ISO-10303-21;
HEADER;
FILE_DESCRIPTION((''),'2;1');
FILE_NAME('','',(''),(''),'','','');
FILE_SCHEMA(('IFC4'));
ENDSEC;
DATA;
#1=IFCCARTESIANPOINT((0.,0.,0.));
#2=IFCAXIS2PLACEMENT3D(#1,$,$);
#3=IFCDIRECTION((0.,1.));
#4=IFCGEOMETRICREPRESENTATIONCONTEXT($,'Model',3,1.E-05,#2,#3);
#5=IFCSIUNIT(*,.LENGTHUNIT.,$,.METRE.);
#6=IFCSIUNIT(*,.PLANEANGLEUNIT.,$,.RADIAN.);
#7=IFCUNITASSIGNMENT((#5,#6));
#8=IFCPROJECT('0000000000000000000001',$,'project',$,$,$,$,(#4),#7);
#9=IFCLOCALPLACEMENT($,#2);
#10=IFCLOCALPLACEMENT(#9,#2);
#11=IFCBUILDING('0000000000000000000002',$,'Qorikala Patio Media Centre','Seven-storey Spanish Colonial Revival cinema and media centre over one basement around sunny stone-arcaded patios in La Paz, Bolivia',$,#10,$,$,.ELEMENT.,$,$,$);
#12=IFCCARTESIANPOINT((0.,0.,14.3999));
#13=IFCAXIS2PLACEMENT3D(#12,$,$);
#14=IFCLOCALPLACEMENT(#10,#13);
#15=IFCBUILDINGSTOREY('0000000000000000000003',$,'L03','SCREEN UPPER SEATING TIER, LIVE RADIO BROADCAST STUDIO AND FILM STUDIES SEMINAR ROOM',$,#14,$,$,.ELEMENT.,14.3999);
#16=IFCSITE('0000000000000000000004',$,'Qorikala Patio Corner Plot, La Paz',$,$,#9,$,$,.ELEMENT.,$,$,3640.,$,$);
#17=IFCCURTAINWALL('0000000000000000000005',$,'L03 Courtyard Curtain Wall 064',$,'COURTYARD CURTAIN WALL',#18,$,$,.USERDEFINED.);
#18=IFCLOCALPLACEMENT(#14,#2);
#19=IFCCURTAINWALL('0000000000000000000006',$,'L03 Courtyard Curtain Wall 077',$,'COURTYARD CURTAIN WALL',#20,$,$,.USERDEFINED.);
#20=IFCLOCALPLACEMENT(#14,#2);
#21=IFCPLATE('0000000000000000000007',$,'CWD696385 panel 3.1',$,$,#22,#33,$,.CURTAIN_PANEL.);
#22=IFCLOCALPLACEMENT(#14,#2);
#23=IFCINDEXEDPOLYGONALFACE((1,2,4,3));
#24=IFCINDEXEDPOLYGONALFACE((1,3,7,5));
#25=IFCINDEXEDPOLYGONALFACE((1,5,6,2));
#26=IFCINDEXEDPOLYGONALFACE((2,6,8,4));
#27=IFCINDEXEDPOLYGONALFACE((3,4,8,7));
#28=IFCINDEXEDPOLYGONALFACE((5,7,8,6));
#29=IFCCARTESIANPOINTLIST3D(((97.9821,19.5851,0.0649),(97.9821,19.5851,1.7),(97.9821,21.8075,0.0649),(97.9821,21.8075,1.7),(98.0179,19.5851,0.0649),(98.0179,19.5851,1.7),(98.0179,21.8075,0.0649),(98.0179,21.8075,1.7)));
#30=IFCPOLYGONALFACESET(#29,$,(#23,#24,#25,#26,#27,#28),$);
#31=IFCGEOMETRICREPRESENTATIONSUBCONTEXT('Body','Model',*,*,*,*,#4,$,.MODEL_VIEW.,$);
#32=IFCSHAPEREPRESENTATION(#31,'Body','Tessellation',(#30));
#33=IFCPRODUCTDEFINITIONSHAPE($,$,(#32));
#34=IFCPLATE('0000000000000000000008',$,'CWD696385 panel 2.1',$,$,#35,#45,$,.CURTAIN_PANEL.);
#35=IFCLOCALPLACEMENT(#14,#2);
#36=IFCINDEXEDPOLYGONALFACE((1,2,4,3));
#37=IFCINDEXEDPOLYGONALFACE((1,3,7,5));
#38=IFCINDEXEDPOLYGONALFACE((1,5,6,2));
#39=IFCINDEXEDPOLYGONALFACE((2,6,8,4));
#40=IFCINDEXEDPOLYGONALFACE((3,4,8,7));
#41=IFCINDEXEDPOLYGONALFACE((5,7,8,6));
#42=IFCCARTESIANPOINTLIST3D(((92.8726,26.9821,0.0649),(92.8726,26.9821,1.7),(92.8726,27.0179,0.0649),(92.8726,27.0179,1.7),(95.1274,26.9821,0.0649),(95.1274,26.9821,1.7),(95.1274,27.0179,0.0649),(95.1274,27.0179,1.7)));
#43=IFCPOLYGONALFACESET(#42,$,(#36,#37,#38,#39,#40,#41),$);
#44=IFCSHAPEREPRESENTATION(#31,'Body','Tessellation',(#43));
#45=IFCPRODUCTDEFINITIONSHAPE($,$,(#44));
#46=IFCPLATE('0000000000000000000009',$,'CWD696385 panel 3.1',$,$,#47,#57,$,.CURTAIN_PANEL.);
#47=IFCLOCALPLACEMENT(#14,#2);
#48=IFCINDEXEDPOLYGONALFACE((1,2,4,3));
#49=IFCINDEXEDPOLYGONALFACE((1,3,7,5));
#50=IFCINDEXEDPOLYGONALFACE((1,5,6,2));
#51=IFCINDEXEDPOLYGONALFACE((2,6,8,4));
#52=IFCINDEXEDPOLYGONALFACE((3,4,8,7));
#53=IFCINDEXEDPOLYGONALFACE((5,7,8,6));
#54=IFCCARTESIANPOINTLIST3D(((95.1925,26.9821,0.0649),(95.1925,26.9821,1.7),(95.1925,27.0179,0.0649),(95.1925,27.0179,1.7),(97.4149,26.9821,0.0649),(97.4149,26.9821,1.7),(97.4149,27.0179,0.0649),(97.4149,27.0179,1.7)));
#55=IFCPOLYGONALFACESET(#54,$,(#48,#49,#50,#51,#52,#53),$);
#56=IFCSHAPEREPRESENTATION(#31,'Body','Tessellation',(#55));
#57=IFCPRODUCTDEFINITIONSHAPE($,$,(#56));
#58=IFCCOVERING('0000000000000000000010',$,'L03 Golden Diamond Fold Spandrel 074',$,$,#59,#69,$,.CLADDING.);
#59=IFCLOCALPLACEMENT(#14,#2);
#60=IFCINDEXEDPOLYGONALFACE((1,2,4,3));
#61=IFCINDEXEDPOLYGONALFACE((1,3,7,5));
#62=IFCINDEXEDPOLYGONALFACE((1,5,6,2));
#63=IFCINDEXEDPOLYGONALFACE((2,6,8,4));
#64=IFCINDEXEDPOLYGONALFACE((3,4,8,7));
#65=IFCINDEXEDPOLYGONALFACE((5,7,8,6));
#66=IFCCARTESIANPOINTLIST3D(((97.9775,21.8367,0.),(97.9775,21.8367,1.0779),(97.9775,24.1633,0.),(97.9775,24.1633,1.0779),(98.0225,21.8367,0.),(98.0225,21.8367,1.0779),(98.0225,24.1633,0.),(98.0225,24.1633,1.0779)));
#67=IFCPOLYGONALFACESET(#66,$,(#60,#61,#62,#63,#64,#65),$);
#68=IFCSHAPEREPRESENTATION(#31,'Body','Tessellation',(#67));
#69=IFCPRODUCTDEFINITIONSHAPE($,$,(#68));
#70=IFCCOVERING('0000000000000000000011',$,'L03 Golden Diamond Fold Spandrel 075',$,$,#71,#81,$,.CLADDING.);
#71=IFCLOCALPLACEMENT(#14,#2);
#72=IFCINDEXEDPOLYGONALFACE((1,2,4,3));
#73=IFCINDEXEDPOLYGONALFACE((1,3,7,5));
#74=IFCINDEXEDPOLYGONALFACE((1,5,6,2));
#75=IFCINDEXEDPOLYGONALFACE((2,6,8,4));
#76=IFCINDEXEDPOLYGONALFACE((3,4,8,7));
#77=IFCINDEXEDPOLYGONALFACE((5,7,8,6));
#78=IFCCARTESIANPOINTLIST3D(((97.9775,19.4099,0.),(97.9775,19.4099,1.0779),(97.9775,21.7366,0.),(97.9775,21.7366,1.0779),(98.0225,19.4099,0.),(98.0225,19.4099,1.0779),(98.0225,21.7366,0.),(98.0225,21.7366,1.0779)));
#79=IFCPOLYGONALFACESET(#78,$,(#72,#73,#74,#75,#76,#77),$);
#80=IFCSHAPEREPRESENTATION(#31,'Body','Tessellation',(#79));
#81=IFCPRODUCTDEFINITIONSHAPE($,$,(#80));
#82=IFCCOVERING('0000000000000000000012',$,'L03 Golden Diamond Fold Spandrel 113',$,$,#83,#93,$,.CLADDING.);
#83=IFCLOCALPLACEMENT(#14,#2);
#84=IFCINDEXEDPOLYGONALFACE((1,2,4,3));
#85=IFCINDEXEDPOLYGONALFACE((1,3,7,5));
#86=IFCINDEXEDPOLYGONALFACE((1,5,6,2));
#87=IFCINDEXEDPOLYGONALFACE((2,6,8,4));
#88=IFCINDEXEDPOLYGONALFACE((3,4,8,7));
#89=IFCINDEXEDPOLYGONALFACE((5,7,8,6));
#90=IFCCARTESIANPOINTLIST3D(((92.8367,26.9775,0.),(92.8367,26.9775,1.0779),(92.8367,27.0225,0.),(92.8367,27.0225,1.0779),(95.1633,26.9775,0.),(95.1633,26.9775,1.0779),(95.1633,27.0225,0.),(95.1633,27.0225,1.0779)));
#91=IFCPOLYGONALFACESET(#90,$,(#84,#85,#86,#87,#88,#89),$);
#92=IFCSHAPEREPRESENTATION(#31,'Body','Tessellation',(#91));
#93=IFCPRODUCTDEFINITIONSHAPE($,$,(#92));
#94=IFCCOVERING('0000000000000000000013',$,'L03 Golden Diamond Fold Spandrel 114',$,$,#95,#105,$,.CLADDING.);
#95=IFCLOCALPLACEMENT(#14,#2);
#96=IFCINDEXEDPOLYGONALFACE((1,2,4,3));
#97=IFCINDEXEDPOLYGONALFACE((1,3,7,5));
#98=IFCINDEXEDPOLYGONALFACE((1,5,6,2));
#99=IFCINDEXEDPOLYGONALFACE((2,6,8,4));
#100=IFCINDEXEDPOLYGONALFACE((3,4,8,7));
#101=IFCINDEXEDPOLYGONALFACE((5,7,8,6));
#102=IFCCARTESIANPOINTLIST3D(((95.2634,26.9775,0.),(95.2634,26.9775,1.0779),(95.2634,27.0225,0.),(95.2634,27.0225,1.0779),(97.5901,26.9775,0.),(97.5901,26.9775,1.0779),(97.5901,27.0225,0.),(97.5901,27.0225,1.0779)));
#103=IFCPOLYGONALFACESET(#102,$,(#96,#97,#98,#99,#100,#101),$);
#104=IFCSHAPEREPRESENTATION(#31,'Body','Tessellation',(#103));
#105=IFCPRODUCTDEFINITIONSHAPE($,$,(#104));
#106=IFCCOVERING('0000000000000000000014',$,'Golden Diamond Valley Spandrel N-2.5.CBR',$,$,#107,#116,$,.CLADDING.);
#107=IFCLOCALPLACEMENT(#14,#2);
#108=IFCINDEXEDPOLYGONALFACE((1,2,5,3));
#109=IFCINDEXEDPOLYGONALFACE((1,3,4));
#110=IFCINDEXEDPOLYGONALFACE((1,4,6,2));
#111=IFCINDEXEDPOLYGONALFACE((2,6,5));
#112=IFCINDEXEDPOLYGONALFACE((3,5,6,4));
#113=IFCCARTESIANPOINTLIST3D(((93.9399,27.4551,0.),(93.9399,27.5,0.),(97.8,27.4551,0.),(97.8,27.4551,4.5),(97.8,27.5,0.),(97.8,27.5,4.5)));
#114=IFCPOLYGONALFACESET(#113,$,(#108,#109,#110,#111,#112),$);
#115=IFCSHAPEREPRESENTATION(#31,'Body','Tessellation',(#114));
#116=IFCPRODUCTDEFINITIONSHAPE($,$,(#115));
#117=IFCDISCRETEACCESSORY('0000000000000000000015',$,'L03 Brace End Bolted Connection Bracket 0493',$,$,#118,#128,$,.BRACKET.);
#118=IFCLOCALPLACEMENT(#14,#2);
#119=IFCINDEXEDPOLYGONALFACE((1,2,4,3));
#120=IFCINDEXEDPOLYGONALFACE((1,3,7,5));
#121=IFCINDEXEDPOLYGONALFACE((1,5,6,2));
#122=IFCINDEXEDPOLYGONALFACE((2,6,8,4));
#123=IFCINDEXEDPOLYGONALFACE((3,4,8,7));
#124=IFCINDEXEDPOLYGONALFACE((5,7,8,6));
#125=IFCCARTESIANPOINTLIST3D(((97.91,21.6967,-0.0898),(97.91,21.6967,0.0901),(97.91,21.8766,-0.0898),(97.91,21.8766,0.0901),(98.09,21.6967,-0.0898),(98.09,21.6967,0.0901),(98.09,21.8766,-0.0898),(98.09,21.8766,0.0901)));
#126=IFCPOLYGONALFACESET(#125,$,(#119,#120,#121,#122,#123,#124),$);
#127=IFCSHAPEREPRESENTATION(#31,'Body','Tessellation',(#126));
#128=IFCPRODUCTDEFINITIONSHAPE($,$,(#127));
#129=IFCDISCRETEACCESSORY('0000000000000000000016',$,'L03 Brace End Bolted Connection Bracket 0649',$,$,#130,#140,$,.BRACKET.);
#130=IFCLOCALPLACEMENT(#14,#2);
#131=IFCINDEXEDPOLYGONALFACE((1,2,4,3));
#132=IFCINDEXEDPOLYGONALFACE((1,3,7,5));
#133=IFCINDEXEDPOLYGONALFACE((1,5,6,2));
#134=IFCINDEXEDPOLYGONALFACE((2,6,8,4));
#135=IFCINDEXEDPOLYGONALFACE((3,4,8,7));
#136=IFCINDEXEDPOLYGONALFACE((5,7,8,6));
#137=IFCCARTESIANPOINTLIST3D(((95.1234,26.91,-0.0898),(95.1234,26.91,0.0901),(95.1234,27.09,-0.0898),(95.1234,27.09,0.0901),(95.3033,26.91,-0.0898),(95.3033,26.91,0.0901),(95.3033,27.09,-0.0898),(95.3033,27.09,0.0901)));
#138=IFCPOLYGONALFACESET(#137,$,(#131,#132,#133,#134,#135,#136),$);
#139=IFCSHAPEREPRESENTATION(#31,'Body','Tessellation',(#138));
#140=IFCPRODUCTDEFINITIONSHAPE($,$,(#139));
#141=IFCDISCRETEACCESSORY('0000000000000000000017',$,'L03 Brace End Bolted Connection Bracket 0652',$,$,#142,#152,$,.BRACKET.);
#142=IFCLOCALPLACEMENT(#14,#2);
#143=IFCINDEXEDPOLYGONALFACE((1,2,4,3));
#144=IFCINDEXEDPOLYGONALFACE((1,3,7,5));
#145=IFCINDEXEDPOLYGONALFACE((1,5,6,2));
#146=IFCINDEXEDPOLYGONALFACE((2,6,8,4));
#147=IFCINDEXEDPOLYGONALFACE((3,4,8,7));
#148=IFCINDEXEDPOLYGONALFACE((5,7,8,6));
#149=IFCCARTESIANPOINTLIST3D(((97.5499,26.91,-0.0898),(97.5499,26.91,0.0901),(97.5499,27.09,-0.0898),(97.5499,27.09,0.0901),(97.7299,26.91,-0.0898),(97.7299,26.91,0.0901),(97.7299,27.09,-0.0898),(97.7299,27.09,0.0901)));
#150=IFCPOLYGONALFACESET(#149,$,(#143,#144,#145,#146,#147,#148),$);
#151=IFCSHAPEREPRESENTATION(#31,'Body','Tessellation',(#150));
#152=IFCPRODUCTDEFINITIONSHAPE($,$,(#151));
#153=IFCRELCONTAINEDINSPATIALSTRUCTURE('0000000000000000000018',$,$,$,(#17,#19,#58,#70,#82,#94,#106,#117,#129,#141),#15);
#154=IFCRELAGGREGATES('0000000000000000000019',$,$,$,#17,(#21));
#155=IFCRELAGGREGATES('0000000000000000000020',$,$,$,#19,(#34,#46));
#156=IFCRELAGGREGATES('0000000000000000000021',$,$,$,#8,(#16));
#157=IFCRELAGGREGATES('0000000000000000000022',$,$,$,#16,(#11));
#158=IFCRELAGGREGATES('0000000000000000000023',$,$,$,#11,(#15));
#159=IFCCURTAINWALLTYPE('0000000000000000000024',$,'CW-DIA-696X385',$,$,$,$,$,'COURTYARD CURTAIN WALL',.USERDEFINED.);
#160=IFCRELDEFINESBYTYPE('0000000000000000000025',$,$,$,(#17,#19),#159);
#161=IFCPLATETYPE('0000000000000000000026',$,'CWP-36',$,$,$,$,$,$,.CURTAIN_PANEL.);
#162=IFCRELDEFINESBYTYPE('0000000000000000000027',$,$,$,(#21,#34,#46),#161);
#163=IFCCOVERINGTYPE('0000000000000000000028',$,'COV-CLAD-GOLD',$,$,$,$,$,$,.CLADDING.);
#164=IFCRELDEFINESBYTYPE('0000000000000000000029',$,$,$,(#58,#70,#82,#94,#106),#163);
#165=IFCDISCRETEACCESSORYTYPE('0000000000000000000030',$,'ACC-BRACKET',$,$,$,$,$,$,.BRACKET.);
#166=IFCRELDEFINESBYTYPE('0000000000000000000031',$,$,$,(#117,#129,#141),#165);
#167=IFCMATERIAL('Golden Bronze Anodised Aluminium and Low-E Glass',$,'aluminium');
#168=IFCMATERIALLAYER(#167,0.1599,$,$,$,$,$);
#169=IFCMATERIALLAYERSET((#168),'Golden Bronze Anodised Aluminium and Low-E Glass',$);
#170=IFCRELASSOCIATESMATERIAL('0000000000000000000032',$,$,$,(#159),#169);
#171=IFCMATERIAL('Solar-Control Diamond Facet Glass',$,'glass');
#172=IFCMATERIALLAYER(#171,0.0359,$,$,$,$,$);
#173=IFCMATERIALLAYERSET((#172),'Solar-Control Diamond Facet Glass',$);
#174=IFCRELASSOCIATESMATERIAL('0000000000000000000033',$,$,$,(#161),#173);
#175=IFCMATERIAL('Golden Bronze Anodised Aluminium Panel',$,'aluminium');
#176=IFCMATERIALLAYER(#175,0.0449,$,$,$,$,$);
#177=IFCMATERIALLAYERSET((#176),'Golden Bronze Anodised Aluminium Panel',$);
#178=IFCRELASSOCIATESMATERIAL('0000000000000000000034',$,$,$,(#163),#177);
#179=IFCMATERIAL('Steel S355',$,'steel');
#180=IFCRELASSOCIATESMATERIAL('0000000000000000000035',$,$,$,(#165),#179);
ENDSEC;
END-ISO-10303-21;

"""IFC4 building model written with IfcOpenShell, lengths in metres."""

from ifc_helpers import new_model, si_unit, direction, frame, origin, origin_2d, place, context, subcontext, project, spatial, polyline, rectangle, outline, extrude, material, layer, layer_set, type_object, element, aggregate, save


model = new_model("IFC4")

# Units and contexts
model_context = context("Model", 3, precision=1e-05, world=origin(), true_north=direction((0.0, 1.0)))
body_context = subcontext(model_context, "Body", "Model", "MODEL_VIEW")
ifc_project = project(units=[si_unit("LENGTHUNIT", "METRE"), si_unit("PLANEANGLEUNIT", "RADIAN")], contexts=[model_context])

# Site, building, storey
site_placement = place(None, origin())
site = spatial("IfcSite", under=ifc_project, at=site_placement, Name="Qorikala Patio Corner Plot, La Paz", CompositionType="ELEMENT", RefElevation=3640.0)
building_placement = place(site_placement, origin())
building = spatial("IfcBuilding", under=site, at=building_placement, Name="Qorikala Patio Media Centre", Description="Seven-storey Spanish Colonial Revival cinema and media centre over one basement around sunny stone-arcaded patios in La Paz, Bolivia", CompositionType="ELEMENT")
storey_placement = place(building_placement, frame((0.0, 0.0, 14.3999)))
storey = spatial("IfcBuildingStorey", under=building, at=storey_placement, Name="L03", Description="SCREEN UPPER SEATING TIER, LIVE RADIO BROADCAST STUDIO AND FILM STUDIES SEMINAR ROOM", CompositionType="ELEMENT", Elevation=14.3999)

# Curtain walls
ifc_material_1 = material(Name="Golden Bronze Anodised Aluminium and Low-E Glass", Category="aluminium")
ifc_layer_1 = layer(ifc_material_1, 0.1599)
ifc_layer_set_1 = layer_set([ifc_layer_1], Name="Golden Bronze Anodised Aluminium and Low-E Glass")
curtain_wall_type = type_object("IfcCurtainWallType", Name="CW-DIA-696X385", ElementType="COURTYARD CURTAIN WALL", PredefinedType="USERDEFINED", material=ifc_layer_set_1)
curtain_wall_1_placement = place(storey_placement, origin())
curtain_wall_1 = element("IfcCurtainWall", 1, at=curtain_wall_1_placement, inside=storey, type_object=curtain_wall_type, Name="L03 Courtyard Curtain Wall 064", ObjectType="COURTYARD CURTAIN WALL", PredefinedType="USERDEFINED")
curtain_wall_2_placement = place(storey_placement, origin())
curtain_wall_2 = element("IfcCurtainWall", 2, at=curtain_wall_2_placement, inside=storey, type_object=curtain_wall_type, Name="L03 Courtyard Curtain Wall 077", ObjectType="COURTYARD CURTAIN WALL", PredefinedType="USERDEFINED")

# Plates
ifc_material_2 = material(Name="Solar-Control Diamond Facet Glass", Category="glass")
ifc_layer_2 = layer(ifc_material_2, 0.0359)
ifc_layer_set_2 = layer_set([ifc_layer_2], Name="Solar-Control Diamond Facet Glass")
plate_type = type_object("IfcPlateType", Name="CWP-36", PredefinedType="CURTAIN_PANEL", material=ifc_layer_set_2)
plate_1_placement = place(storey_placement, frame((98.0, 20.6963, 0.0649), z_axis=(0.0, 0.0, 1.0), x_axis=(0.0, -1.0, 0.0)))
plate_1 = element("IfcPlate", 3, at=plate_1_placement, type_object=plate_type, Name="CWD696385 panel 3.1", PredefinedType="CURTAIN_PANEL", context=body_context, shape_type="SweptSolid", body=[
    extrude(rectangle(XDim=2.2224, YDim=0.0359, at=origin_2d()), origin(), (0.0, 0.0, 1.0), 1.635),
])
aggregate(curtain_wall_1, [plate_1])
plate_2_placement = place(storey_placement, frame((94.0, 27.0, 0.0649), z_axis=(0.0, 0.0, 1.0), x_axis=(1.0, 0.0, 0.0)))
plate_2 = element("IfcPlate", 4, at=plate_2_placement, type_object=plate_type, Name="CWD696385 panel 2.1", PredefinedType="CURTAIN_PANEL", context=body_context, shape_type="SweptSolid", body=[
    extrude(rectangle(XDim=2.2549, YDim=0.0359, at=origin_2d()), origin(), (0.0, 0.0, 1.0), 1.635),
])
plate_3_placement = place(storey_placement, frame((96.3037, 27.0, 0.0649), z_axis=(0.0, 0.0, 1.0), x_axis=(1.0, 0.0, 0.0)))
plate_3 = element("IfcPlate", 5, at=plate_3_placement, type_object=plate_type, Name="CWD696385 panel 3.1", PredefinedType="CURTAIN_PANEL", context=body_context, shape_type="SweptSolid", body=[
    extrude(rectangle(XDim=2.2224, YDim=0.0359, at=origin_2d()), origin(), (0.0, 0.0, 1.0), 1.635),
])
aggregate(curtain_wall_2, [plate_2, plate_3])

# Coverings
ifc_material_3 = material(Name="Golden Bronze Anodised Aluminium Panel", Category="aluminium")
ifc_layer_3 = layer(ifc_material_3, 0.0449)
ifc_layer_set_3 = layer_set([ifc_layer_3], Name="Golden Bronze Anodised Aluminium Panel")
covering_type = type_object("IfcCoveringType", Name="COV-CLAD-GOLD", PredefinedType="CLADDING", material=ifc_layer_set_3)
for number, where, z_axis, x_axis, name in (
    (6, (98.0, 23.0, 0.0), (0.0, 0.0, 1.0), (0.0, -1.0, 0.0), "L03 Golden Diamond Fold Spandrel 074"),
    (7, (98.0, 20.5732, 0.0), (0.0, 0.0, 1.0), (0.0, -1.0, 0.0), "L03 Golden Diamond Fold Spandrel 075"),
    (8, (94.0, 27.0, 0.0), (0.0, 0.0, 1.0), (1.0, 0.0, 0.0), "L03 Golden Diamond Fold Spandrel 113"),
    (9, (96.4268, 27.0, 0.0), (0.0, 0.0, 1.0), (1.0, 0.0, 0.0), "L03 Golden Diamond Fold Spandrel 114"),
):
    element("IfcCovering", number, at=place(storey_placement, frame(where, z_axis=z_axis, x_axis=x_axis)), inside=storey, type_object=covering_type, Name=name, PredefinedType="CLADDING", context=body_context, shape_type="SweptSolid", body=[
        extrude(rectangle(XDim=2.3267, YDim=0.0449, at=origin_2d()), origin(), (0.0, 0.0, 1.0), 1.0779),
    ])
covering_placement = place(storey_placement, frame((97.8, 27.5, 0.0), z_axis=(0.0, 1.0, 0.0), x_axis=(-1.0, 0.0, 0.0)))
element("IfcCovering", 10, at=covering_placement, inside=storey, type_object=covering_type, Name="Golden Diamond Valley Spandrel N-2.5.CBR", PredefinedType="CLADDING", context=body_context, shape_type="SweptSolid", body=[
    extrude(outline(polyline([(0.0, 0.0), (3.8601, 0.0), (0.0, 4.5), (0.0, 0.0)])), origin(), (0.0, 0.0, -1.0), 0.0449),
])

# Discrete accessories
ifc_material_4 = material(Name="Steel S355", Category="steel")
discrete_accessory_type = type_object("IfcDiscreteAccessoryType", Name="ACC-BRACKET", PredefinedType="BRACKET", material=ifc_material_4)
for number, where, z_axis, x_axis, name in (
    (11, (98.0, 21.7866, -0.0898), (0.0, 0.0, 1.0), (1.0, 0.0, 0.0), "L03 Brace End Bolted Connection Bracket 0493"),
    (12, (95.2134, 27.0, -0.0898), (0.0, 0.0, 1.0), (1.0, 0.0, 0.0), "L03 Brace End Bolted Connection Bracket 0649"),
    (13, (97.6399, 27.0, -0.0898), (0.0, 0.0, 1.0), (1.0, 0.0, 0.0), "L03 Brace End Bolted Connection Bracket 0652"),
):
    element("IfcDiscreteAccessory", number, at=place(storey_placement, frame(where, z_axis=z_axis, x_axis=x_axis)), inside=storey, type_object=discrete_accessory_type, Name=name, PredefinedType="BRACKET", context=body_context, shape_type="SweptSolid", body=[
        extrude(rectangle(XDim=0.1799, YDim=0.1799, at=origin_2d()), origin(), (0.0, 0.0, 1.0), 0.1799),
    ])

save(model, "model.ifc")
